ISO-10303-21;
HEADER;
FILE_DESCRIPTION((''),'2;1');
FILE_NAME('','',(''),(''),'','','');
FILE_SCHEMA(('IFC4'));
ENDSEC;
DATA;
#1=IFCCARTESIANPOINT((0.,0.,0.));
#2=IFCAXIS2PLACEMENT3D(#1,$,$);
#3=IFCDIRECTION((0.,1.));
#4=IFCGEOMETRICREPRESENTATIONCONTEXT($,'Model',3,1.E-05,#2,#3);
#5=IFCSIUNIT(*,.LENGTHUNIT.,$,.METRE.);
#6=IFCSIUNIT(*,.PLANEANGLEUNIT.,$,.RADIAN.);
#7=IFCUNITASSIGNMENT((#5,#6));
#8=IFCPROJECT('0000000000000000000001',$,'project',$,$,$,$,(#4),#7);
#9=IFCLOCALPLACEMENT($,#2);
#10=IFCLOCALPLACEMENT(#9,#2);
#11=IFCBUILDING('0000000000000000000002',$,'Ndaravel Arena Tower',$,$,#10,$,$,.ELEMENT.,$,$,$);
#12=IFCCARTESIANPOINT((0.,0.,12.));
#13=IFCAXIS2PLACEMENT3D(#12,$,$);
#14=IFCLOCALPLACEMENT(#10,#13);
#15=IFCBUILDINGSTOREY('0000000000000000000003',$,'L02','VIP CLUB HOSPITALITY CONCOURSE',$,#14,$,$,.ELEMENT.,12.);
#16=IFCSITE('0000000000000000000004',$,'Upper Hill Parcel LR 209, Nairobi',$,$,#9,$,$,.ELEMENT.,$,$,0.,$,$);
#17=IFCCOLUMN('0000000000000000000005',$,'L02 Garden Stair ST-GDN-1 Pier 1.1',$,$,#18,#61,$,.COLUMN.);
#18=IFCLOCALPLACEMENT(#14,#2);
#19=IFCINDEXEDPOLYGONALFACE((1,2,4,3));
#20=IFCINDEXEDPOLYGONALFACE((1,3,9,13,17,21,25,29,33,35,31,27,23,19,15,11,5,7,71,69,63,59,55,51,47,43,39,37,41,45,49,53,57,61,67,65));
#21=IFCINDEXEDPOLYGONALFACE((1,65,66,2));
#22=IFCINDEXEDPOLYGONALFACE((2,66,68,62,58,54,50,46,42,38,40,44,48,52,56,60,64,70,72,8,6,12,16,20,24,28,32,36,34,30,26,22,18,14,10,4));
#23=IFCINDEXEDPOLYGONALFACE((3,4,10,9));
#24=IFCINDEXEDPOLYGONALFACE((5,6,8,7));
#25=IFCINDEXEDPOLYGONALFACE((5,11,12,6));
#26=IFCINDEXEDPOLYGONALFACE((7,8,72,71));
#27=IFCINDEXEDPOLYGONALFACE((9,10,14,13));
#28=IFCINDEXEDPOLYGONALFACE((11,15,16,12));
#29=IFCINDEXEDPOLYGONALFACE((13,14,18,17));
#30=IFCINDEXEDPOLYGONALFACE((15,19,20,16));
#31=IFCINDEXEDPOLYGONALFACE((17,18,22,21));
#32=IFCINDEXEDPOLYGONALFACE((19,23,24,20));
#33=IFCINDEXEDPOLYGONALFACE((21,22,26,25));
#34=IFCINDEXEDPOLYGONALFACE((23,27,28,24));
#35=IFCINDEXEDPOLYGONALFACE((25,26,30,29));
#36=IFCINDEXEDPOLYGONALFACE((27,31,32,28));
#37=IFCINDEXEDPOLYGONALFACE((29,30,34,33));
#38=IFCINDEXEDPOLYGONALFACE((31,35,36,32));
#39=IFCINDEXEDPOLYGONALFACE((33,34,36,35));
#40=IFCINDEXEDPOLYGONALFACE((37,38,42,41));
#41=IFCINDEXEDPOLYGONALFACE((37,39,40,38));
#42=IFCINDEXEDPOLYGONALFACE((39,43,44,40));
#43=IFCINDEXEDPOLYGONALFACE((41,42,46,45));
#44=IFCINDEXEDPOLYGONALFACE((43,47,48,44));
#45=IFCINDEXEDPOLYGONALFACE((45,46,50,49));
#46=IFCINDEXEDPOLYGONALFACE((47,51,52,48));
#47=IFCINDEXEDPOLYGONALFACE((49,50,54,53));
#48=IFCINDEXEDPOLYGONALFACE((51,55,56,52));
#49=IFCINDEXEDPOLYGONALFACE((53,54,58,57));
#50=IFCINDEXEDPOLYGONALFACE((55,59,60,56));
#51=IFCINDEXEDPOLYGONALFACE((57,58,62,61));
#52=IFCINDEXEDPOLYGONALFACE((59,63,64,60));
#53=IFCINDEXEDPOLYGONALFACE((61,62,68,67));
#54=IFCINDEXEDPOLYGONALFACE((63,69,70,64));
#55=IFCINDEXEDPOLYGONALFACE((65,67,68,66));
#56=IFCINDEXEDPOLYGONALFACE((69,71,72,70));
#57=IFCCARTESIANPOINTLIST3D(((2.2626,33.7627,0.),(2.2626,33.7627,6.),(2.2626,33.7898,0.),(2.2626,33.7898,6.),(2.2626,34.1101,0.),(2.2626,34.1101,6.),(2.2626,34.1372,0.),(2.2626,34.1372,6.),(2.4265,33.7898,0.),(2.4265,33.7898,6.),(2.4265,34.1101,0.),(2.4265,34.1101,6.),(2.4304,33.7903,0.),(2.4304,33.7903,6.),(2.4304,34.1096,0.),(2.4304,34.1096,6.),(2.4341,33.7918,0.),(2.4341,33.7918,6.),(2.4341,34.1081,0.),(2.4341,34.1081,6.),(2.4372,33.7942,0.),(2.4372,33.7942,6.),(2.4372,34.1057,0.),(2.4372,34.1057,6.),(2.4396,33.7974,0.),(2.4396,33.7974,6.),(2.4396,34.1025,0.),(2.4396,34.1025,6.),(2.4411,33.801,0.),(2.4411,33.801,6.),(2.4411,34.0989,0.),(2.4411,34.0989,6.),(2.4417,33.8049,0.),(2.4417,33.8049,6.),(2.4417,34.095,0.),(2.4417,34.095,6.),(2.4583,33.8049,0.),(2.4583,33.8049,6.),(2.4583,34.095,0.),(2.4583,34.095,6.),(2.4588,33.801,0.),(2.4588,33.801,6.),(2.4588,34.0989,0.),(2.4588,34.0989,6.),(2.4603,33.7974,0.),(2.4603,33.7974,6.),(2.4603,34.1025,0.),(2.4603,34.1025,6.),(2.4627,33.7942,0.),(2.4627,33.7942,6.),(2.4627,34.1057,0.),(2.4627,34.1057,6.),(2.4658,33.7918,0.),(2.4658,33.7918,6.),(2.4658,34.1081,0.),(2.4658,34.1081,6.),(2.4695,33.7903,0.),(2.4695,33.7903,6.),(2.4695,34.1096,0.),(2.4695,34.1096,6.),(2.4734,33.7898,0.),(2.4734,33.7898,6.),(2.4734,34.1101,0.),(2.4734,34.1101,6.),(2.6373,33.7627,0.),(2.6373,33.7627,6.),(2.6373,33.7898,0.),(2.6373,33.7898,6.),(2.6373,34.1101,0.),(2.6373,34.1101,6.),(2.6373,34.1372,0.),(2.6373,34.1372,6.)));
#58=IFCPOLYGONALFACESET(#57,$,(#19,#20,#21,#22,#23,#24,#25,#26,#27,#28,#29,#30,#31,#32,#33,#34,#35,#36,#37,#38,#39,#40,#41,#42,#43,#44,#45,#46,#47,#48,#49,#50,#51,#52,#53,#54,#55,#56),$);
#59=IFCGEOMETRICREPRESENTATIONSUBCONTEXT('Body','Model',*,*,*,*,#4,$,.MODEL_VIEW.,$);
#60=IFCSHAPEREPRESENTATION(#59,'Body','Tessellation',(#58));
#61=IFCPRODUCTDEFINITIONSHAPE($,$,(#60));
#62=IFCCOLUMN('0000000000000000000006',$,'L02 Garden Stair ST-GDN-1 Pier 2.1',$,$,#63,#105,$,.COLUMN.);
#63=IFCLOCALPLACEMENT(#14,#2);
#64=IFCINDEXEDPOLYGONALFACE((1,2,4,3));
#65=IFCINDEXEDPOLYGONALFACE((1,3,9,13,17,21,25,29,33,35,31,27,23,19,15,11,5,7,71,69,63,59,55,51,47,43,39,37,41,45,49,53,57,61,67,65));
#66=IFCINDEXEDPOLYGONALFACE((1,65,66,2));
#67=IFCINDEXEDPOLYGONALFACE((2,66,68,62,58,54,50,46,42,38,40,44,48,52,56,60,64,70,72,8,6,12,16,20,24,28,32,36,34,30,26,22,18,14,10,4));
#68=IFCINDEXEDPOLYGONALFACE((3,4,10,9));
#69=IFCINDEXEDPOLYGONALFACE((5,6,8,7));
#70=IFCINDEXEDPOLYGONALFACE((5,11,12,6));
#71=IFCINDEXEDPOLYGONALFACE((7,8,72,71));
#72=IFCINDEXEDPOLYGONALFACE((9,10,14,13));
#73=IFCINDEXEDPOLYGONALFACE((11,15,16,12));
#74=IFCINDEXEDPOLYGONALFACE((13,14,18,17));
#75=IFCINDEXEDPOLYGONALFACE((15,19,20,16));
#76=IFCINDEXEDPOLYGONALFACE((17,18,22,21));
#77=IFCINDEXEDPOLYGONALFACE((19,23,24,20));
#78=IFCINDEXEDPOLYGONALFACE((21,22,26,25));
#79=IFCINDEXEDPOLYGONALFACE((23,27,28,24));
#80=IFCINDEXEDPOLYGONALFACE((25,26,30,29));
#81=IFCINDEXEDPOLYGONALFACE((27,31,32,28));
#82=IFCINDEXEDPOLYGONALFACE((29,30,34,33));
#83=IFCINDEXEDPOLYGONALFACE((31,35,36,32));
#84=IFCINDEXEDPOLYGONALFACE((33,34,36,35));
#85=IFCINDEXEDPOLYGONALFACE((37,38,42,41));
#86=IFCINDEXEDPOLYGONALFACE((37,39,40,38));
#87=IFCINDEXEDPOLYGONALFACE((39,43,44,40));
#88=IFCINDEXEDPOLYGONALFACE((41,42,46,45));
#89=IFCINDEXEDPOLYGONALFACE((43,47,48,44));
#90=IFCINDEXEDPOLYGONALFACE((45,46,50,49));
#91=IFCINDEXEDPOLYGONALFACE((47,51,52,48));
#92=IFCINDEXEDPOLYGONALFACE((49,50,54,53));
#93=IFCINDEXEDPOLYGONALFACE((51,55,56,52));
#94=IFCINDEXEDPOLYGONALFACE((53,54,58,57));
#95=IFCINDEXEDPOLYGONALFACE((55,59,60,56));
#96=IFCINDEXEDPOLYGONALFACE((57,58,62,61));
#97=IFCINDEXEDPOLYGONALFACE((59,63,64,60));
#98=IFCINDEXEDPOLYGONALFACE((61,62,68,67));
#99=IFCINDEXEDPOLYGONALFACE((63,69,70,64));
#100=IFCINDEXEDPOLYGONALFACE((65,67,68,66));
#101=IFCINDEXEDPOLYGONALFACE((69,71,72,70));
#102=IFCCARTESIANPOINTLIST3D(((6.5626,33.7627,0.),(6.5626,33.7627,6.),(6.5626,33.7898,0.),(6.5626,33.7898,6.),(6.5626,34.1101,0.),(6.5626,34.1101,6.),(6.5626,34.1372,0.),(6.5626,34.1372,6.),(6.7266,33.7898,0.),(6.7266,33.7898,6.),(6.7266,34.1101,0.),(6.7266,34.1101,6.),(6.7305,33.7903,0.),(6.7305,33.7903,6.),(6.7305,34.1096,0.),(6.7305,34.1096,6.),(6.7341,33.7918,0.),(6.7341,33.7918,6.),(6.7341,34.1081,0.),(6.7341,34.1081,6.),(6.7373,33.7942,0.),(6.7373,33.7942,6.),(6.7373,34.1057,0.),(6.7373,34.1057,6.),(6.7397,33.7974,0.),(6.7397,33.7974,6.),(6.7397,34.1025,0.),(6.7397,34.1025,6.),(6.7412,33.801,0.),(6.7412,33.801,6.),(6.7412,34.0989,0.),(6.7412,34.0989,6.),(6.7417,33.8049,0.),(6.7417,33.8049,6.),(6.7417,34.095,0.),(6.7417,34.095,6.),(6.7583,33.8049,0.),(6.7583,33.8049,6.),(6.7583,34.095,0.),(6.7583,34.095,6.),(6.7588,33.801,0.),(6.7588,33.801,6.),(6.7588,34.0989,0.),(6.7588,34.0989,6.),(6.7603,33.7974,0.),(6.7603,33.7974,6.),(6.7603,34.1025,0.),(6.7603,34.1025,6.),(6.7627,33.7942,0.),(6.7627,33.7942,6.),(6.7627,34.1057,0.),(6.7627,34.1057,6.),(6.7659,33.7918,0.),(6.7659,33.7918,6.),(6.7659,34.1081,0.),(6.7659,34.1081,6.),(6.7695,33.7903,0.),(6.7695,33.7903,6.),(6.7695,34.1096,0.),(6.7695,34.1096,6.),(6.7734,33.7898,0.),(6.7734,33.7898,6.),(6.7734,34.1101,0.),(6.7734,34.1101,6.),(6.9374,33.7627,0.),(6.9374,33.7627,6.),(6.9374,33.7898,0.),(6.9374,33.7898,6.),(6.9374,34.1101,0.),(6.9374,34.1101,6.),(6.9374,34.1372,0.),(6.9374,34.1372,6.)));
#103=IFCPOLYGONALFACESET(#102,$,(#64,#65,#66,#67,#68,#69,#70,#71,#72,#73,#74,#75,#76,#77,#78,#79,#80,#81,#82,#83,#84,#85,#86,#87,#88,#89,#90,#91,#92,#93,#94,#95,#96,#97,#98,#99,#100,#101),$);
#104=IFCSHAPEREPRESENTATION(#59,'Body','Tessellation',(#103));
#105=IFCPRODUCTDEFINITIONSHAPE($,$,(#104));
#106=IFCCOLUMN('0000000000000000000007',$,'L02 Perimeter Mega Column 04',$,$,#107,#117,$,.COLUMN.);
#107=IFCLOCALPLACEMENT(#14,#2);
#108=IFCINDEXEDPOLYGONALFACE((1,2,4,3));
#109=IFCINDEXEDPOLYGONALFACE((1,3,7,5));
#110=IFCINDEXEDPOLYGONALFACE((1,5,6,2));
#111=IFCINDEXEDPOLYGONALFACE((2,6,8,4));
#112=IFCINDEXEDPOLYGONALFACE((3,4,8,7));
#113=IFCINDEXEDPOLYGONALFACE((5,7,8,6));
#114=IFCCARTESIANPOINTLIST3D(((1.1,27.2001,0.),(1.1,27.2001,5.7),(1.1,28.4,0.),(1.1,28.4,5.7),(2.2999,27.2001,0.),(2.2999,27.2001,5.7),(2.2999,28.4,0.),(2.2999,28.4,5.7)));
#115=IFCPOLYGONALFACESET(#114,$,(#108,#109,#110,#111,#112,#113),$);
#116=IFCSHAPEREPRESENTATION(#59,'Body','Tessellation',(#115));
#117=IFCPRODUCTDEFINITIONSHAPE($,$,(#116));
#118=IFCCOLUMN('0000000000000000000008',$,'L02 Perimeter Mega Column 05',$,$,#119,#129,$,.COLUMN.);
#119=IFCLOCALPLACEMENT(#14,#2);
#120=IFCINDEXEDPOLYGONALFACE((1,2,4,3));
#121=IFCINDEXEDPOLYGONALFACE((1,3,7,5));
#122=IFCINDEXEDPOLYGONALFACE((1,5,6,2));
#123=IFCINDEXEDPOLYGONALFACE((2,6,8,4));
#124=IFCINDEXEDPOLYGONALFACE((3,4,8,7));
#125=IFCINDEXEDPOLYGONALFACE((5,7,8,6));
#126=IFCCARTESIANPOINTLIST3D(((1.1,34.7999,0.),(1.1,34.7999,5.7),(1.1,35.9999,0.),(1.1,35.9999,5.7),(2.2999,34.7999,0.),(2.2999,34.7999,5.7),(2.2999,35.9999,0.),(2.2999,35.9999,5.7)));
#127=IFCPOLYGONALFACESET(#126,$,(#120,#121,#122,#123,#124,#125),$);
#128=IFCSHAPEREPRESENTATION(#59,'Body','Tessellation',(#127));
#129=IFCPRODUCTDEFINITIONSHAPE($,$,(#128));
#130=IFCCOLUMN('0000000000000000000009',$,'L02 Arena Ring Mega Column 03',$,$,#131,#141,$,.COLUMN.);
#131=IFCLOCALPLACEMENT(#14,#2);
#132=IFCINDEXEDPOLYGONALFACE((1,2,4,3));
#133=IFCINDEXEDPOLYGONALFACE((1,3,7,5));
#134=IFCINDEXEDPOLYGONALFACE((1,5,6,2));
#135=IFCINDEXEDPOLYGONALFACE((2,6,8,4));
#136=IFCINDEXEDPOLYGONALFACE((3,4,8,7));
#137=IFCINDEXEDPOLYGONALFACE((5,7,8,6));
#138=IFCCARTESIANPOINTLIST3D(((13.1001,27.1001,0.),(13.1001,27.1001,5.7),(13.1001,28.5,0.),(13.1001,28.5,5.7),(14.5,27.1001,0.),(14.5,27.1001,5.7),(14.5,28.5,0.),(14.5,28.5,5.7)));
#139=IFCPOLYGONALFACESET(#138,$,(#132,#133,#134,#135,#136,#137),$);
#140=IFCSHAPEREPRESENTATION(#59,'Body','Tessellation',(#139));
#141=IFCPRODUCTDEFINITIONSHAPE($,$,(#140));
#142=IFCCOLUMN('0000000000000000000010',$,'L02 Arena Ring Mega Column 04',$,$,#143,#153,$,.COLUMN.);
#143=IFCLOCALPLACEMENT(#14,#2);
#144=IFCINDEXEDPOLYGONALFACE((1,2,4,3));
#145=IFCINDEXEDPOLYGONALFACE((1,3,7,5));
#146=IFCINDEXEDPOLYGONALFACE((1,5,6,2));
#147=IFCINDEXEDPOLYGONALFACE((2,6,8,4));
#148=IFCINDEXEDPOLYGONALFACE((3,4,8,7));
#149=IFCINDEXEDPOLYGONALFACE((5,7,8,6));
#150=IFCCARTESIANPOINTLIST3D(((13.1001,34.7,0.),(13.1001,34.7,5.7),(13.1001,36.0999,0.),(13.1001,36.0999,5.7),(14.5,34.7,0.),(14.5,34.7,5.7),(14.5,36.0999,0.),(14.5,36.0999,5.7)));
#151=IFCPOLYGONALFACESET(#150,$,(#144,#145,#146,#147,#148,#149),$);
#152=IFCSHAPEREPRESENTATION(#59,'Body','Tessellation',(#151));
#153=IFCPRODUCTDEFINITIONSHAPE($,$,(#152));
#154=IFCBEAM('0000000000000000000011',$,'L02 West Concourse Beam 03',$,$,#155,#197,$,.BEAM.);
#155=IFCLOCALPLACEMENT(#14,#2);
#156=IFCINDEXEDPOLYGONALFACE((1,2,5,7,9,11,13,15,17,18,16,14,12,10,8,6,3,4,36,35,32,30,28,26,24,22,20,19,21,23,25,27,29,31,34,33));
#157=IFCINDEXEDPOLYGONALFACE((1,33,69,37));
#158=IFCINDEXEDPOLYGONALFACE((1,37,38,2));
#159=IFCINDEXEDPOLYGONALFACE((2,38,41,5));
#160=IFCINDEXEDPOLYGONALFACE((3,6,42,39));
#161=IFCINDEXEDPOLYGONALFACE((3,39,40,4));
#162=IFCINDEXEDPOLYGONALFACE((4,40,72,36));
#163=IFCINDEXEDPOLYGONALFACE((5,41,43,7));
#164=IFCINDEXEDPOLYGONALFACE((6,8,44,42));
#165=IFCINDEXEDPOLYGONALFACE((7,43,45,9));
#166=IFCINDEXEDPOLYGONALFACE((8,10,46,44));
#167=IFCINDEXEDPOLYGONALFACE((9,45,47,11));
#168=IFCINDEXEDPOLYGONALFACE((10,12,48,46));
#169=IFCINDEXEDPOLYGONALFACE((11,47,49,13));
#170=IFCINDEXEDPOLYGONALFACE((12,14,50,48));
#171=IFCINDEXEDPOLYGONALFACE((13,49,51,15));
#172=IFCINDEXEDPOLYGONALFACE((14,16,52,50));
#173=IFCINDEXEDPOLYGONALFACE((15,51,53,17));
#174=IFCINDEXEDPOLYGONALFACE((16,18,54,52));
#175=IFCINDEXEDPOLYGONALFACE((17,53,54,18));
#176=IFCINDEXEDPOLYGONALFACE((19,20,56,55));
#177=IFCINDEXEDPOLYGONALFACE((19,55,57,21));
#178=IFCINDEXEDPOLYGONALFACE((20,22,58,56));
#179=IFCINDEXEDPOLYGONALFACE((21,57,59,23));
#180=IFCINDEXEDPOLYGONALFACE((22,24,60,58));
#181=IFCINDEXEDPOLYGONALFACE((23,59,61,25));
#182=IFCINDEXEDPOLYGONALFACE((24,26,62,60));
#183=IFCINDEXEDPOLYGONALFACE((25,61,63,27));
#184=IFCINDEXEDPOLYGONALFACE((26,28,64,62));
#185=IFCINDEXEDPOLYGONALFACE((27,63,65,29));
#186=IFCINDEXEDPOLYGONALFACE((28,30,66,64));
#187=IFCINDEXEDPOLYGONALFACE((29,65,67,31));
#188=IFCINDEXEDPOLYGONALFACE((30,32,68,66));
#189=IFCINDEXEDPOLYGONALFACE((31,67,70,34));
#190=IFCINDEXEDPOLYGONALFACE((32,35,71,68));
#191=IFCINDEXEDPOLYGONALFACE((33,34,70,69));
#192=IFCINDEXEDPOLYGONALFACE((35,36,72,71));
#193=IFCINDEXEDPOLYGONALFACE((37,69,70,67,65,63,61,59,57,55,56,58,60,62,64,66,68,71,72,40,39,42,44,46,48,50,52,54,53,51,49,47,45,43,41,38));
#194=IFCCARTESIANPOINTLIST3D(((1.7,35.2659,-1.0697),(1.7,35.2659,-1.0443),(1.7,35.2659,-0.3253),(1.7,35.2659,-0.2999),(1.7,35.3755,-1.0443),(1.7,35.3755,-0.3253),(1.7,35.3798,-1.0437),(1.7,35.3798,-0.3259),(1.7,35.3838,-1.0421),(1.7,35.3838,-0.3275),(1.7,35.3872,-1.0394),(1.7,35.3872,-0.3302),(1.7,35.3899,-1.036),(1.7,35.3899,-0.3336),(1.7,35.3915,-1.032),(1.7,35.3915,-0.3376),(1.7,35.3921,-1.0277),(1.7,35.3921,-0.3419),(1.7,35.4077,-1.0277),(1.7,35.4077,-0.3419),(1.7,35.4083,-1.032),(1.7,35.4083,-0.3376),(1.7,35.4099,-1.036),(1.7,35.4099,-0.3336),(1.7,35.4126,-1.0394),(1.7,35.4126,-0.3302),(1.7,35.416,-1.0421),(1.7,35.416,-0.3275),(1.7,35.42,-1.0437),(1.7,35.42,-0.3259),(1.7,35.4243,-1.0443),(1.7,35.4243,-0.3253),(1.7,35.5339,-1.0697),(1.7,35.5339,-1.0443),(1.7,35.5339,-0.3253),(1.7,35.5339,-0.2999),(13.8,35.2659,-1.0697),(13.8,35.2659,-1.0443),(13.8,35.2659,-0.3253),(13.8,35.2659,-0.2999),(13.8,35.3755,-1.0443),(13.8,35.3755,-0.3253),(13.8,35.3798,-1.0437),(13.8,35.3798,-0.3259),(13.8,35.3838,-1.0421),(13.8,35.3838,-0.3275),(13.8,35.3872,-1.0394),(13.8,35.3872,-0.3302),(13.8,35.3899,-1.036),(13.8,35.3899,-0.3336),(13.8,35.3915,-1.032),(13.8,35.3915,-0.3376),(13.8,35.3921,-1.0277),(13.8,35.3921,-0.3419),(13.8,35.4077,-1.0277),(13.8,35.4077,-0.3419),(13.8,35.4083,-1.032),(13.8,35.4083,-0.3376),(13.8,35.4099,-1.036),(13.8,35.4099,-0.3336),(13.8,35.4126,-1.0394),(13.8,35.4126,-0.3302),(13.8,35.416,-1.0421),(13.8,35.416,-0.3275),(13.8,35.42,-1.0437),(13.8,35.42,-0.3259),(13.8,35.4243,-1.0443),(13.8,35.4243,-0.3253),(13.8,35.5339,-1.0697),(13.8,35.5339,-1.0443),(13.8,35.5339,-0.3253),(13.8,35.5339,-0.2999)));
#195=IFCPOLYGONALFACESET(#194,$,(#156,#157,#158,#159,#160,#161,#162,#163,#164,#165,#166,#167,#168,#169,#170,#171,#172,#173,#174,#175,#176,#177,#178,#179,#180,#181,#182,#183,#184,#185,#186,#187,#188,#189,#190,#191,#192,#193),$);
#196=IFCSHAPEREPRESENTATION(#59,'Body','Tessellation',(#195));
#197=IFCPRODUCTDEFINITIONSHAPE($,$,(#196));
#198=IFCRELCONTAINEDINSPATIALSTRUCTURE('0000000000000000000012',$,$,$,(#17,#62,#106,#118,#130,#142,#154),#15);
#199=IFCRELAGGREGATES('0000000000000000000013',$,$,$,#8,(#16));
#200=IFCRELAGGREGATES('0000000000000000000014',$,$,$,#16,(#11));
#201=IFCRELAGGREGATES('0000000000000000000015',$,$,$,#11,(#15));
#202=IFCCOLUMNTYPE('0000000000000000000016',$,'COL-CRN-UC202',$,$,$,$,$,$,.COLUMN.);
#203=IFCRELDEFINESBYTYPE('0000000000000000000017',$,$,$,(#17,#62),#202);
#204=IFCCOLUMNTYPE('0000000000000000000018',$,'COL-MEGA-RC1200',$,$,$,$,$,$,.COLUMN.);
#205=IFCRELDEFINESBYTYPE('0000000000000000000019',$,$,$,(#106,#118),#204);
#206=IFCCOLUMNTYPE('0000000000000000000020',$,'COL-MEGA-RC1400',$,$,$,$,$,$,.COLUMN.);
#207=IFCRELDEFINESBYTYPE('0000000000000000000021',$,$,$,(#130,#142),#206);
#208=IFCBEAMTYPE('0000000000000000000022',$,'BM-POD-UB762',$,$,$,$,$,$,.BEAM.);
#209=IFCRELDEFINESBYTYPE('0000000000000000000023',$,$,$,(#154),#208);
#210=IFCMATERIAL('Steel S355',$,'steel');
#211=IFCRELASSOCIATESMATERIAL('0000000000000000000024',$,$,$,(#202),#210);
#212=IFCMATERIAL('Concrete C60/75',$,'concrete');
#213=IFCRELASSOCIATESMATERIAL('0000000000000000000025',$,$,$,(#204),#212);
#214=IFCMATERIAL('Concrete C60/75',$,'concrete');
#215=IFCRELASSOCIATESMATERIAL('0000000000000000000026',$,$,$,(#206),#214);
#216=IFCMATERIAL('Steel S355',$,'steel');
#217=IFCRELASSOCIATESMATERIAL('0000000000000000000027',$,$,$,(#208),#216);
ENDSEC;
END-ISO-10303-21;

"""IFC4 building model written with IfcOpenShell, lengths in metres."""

from ifc_helpers import new_model, si_unit, direction, frame, origin, origin_2d, place, context, subcontext, project, spatial, rectangle, i_section, extrude, material, material_profile, profile_set, type_object, element, save


model = new_model("IFC4")

# Units and contexts
model_context = context("Model", 3, precision=1e-05, world=origin(), true_north=direction((0.0, 1.0)))
body_context = subcontext(model_context, "Body", "Model", "MODEL_VIEW")
ifc_project = project(units=[si_unit("LENGTHUNIT", "METRE"), si_unit("PLANEANGLEUNIT", "RADIAN")], contexts=[model_context])

# Site, building, storey
site_placement = place(None, origin())
site = spatial("IfcSite", under=ifc_project, at=site_placement, Name="Upper Hill Parcel LR 209, Nairobi", CompositionType="ELEMENT", RefElevation=0.0)
building_placement = place(site_placement, origin())
building = spatial("IfcBuilding", under=site, at=building_placement, Name="Ndaravel Arena Tower", CompositionType="ELEMENT")
storey_placement = place(building_placement, frame((0.0, 0.0, 12.0)))
storey = spatial("IfcBuildingStorey", under=building, at=storey_placement, Name="L02", Description="VIP CLUB HOSPITALITY CONCOURSE", CompositionType="ELEMENT", Elevation=12.0)

# Columns
ifc_material_1 = material(Name="Steel S355", Category="steel")
ifc_material_profile_1 = material_profile(ifc_material_1, i_section(OverallWidth=0.3748, OverallDepth=0.3745, WebThickness=0.0166, FlangeThickness=0.0271, FilletRadius=0.0151, at=origin_2d()), Name="UC 356x368x202")
ifc_profile_set_1 = profile_set([ifc_material_profile_1], Name="Steel S355")
column_type_1 = type_object("IfcColumnType", Name="COL-CRN-UC202", PredefinedType="COLUMN", material=ifc_profile_set_1)
for number, where, z_axis, x_axis, name in (
    (1, (2.45, 33.95, 0.0), (0.0, 0.0, 1.0), (1.0, 0.0, 0.0), "L02 Garden Stair ST-GDN-1 Pier 1.1"),
    (2, (6.75, 33.95, 0.0), (0.0, 0.0, 1.0), (1.0, 0.0, 0.0), "L02 Garden Stair ST-GDN-1 Pier 2.1"),
):
    element("IfcColumn", number, at=place(storey_placement, frame(where, z_axis=z_axis, x_axis=x_axis)), inside=storey, type_object=column_type_1, Name=name, PredefinedType="COLUMN", context=body_context, shape_type="SweptSolid", body=[
        extrude(i_section(OverallWidth=0.3748, OverallDepth=0.3745, WebThickness=0.0166, FlangeThickness=0.0271, FilletRadius=0.0151, at=origin_2d()), origin(), (0.0, 0.0, 1.0), 6.0),
    ])
ifc_material_2 = material(Name="Concrete C60/75", Category="concrete")
ifc_material_profile_2 = material_profile(ifc_material_2, rectangle(XDim=1.2, YDim=1.2, at=origin_2d()), Name="RC 1200x1200")
ifc_profile_set_2 = profile_set([ifc_material_profile_2], Name="Concrete C60/75")
column_type_2 = type_object("IfcColumnType", Name="COL-MEGA-RC1200", PredefinedType="COLUMN", material=ifc_profile_set_2)
for number, where, z_axis, x_axis, name in (
    (3, (1.7, 27.8, 0.0), (0.0, 0.0, 1.0), (1.0, 0.0, 0.0), "L02 Perimeter Mega Column 04"),
    (4, (1.7, 35.3999, 0.0), (0.0, 0.0, 1.0), (1.0, 0.0, 0.0), "L02 Perimeter Mega Column 05"),
):
    element("IfcColumn", number, at=place(storey_placement, frame(where, z_axis=z_axis, x_axis=x_axis)), inside=storey, type_object=column_type_2, Name=name, PredefinedType="COLUMN", context=body_context, shape_type="SweptSolid", body=[
        extrude(rectangle(XDim=1.2, YDim=1.2, at=origin_2d()), origin(), (0.0, 0.0, 1.0), 5.7),
    ])
ifc_material_3 = material(Name="Concrete C60/75", Category="concrete")
ifc_material_profile_3 = material_profile(ifc_material_3, rectangle(XDim=1.3999, YDim=1.3999, at=origin_2d()), Name="RC 1400x1400")
ifc_profile_set_3 = profile_set([ifc_material_profile_3], Name="Concrete C60/75")
column_type_3 = type_object("IfcColumnType", Name="COL-MEGA-RC1400", PredefinedType="COLUMN", material=ifc_profile_set_3)
for number, where, z_axis, x_axis, name in (
    (5, (13.8, 27.8, 0.0), (0.0, 0.0, 1.0), (1.0, 0.0, 0.0), "L02 Arena Ring Mega Column 03"),
    (6, (13.8, 35.3999, 0.0), (0.0, 0.0, 1.0), (1.0, 0.0, 0.0), "L02 Arena Ring Mega Column 04"),
):
    element("IfcColumn", number, at=place(storey_placement, frame(where, z_axis=z_axis, x_axis=x_axis)), inside=storey, type_object=column_type_3, Name=name, PredefinedType="COLUMN", context=body_context, shape_type="SweptSolid", body=[
        extrude(rectangle(XDim=1.3999, YDim=1.3999, at=origin_2d()), origin(), (0.0, 0.0, 1.0), 5.7),
    ])

# Beam
ifc_material_4 = material(Name="Steel S355", Category="steel")
ifc_material_profile_4 = material_profile(ifc_material_4, i_section(OverallWidth=0.2681, OverallDepth=0.7698, WebThickness=0.0156, FlangeThickness=0.0254, FilletRadius=0.0166, at=origin_2d()), Name="UB 762x267x197")
ifc_profile_set_4 = profile_set([ifc_material_profile_4], Name="Steel S355")
beam_type = type_object("IfcBeamType", Name="BM-POD-UB762", PredefinedType="BEAM", material=ifc_profile_set_4)
beam_placement = place(storey_placement, frame((1.7, 35.3999, -0.6848), z_axis=(1.0, 0.0, 0.0), x_axis=(0.0, 1.0, 0.0)))
element("IfcBeam", 7, at=beam_placement, inside=storey, type_object=beam_type, Name="L02 West Concourse Beam 03", PredefinedType="BEAM", context=body_context, shape_type="SweptSolid", body=[
    extrude(i_section(OverallWidth=0.2681, OverallDepth=0.7698, WebThickness=0.0156, FlangeThickness=0.0254, FilletRadius=0.0166, at=origin_2d()), origin(), (0.0, 0.0, 1.0), 12.1001),
])

save(model, "model.ifc")
